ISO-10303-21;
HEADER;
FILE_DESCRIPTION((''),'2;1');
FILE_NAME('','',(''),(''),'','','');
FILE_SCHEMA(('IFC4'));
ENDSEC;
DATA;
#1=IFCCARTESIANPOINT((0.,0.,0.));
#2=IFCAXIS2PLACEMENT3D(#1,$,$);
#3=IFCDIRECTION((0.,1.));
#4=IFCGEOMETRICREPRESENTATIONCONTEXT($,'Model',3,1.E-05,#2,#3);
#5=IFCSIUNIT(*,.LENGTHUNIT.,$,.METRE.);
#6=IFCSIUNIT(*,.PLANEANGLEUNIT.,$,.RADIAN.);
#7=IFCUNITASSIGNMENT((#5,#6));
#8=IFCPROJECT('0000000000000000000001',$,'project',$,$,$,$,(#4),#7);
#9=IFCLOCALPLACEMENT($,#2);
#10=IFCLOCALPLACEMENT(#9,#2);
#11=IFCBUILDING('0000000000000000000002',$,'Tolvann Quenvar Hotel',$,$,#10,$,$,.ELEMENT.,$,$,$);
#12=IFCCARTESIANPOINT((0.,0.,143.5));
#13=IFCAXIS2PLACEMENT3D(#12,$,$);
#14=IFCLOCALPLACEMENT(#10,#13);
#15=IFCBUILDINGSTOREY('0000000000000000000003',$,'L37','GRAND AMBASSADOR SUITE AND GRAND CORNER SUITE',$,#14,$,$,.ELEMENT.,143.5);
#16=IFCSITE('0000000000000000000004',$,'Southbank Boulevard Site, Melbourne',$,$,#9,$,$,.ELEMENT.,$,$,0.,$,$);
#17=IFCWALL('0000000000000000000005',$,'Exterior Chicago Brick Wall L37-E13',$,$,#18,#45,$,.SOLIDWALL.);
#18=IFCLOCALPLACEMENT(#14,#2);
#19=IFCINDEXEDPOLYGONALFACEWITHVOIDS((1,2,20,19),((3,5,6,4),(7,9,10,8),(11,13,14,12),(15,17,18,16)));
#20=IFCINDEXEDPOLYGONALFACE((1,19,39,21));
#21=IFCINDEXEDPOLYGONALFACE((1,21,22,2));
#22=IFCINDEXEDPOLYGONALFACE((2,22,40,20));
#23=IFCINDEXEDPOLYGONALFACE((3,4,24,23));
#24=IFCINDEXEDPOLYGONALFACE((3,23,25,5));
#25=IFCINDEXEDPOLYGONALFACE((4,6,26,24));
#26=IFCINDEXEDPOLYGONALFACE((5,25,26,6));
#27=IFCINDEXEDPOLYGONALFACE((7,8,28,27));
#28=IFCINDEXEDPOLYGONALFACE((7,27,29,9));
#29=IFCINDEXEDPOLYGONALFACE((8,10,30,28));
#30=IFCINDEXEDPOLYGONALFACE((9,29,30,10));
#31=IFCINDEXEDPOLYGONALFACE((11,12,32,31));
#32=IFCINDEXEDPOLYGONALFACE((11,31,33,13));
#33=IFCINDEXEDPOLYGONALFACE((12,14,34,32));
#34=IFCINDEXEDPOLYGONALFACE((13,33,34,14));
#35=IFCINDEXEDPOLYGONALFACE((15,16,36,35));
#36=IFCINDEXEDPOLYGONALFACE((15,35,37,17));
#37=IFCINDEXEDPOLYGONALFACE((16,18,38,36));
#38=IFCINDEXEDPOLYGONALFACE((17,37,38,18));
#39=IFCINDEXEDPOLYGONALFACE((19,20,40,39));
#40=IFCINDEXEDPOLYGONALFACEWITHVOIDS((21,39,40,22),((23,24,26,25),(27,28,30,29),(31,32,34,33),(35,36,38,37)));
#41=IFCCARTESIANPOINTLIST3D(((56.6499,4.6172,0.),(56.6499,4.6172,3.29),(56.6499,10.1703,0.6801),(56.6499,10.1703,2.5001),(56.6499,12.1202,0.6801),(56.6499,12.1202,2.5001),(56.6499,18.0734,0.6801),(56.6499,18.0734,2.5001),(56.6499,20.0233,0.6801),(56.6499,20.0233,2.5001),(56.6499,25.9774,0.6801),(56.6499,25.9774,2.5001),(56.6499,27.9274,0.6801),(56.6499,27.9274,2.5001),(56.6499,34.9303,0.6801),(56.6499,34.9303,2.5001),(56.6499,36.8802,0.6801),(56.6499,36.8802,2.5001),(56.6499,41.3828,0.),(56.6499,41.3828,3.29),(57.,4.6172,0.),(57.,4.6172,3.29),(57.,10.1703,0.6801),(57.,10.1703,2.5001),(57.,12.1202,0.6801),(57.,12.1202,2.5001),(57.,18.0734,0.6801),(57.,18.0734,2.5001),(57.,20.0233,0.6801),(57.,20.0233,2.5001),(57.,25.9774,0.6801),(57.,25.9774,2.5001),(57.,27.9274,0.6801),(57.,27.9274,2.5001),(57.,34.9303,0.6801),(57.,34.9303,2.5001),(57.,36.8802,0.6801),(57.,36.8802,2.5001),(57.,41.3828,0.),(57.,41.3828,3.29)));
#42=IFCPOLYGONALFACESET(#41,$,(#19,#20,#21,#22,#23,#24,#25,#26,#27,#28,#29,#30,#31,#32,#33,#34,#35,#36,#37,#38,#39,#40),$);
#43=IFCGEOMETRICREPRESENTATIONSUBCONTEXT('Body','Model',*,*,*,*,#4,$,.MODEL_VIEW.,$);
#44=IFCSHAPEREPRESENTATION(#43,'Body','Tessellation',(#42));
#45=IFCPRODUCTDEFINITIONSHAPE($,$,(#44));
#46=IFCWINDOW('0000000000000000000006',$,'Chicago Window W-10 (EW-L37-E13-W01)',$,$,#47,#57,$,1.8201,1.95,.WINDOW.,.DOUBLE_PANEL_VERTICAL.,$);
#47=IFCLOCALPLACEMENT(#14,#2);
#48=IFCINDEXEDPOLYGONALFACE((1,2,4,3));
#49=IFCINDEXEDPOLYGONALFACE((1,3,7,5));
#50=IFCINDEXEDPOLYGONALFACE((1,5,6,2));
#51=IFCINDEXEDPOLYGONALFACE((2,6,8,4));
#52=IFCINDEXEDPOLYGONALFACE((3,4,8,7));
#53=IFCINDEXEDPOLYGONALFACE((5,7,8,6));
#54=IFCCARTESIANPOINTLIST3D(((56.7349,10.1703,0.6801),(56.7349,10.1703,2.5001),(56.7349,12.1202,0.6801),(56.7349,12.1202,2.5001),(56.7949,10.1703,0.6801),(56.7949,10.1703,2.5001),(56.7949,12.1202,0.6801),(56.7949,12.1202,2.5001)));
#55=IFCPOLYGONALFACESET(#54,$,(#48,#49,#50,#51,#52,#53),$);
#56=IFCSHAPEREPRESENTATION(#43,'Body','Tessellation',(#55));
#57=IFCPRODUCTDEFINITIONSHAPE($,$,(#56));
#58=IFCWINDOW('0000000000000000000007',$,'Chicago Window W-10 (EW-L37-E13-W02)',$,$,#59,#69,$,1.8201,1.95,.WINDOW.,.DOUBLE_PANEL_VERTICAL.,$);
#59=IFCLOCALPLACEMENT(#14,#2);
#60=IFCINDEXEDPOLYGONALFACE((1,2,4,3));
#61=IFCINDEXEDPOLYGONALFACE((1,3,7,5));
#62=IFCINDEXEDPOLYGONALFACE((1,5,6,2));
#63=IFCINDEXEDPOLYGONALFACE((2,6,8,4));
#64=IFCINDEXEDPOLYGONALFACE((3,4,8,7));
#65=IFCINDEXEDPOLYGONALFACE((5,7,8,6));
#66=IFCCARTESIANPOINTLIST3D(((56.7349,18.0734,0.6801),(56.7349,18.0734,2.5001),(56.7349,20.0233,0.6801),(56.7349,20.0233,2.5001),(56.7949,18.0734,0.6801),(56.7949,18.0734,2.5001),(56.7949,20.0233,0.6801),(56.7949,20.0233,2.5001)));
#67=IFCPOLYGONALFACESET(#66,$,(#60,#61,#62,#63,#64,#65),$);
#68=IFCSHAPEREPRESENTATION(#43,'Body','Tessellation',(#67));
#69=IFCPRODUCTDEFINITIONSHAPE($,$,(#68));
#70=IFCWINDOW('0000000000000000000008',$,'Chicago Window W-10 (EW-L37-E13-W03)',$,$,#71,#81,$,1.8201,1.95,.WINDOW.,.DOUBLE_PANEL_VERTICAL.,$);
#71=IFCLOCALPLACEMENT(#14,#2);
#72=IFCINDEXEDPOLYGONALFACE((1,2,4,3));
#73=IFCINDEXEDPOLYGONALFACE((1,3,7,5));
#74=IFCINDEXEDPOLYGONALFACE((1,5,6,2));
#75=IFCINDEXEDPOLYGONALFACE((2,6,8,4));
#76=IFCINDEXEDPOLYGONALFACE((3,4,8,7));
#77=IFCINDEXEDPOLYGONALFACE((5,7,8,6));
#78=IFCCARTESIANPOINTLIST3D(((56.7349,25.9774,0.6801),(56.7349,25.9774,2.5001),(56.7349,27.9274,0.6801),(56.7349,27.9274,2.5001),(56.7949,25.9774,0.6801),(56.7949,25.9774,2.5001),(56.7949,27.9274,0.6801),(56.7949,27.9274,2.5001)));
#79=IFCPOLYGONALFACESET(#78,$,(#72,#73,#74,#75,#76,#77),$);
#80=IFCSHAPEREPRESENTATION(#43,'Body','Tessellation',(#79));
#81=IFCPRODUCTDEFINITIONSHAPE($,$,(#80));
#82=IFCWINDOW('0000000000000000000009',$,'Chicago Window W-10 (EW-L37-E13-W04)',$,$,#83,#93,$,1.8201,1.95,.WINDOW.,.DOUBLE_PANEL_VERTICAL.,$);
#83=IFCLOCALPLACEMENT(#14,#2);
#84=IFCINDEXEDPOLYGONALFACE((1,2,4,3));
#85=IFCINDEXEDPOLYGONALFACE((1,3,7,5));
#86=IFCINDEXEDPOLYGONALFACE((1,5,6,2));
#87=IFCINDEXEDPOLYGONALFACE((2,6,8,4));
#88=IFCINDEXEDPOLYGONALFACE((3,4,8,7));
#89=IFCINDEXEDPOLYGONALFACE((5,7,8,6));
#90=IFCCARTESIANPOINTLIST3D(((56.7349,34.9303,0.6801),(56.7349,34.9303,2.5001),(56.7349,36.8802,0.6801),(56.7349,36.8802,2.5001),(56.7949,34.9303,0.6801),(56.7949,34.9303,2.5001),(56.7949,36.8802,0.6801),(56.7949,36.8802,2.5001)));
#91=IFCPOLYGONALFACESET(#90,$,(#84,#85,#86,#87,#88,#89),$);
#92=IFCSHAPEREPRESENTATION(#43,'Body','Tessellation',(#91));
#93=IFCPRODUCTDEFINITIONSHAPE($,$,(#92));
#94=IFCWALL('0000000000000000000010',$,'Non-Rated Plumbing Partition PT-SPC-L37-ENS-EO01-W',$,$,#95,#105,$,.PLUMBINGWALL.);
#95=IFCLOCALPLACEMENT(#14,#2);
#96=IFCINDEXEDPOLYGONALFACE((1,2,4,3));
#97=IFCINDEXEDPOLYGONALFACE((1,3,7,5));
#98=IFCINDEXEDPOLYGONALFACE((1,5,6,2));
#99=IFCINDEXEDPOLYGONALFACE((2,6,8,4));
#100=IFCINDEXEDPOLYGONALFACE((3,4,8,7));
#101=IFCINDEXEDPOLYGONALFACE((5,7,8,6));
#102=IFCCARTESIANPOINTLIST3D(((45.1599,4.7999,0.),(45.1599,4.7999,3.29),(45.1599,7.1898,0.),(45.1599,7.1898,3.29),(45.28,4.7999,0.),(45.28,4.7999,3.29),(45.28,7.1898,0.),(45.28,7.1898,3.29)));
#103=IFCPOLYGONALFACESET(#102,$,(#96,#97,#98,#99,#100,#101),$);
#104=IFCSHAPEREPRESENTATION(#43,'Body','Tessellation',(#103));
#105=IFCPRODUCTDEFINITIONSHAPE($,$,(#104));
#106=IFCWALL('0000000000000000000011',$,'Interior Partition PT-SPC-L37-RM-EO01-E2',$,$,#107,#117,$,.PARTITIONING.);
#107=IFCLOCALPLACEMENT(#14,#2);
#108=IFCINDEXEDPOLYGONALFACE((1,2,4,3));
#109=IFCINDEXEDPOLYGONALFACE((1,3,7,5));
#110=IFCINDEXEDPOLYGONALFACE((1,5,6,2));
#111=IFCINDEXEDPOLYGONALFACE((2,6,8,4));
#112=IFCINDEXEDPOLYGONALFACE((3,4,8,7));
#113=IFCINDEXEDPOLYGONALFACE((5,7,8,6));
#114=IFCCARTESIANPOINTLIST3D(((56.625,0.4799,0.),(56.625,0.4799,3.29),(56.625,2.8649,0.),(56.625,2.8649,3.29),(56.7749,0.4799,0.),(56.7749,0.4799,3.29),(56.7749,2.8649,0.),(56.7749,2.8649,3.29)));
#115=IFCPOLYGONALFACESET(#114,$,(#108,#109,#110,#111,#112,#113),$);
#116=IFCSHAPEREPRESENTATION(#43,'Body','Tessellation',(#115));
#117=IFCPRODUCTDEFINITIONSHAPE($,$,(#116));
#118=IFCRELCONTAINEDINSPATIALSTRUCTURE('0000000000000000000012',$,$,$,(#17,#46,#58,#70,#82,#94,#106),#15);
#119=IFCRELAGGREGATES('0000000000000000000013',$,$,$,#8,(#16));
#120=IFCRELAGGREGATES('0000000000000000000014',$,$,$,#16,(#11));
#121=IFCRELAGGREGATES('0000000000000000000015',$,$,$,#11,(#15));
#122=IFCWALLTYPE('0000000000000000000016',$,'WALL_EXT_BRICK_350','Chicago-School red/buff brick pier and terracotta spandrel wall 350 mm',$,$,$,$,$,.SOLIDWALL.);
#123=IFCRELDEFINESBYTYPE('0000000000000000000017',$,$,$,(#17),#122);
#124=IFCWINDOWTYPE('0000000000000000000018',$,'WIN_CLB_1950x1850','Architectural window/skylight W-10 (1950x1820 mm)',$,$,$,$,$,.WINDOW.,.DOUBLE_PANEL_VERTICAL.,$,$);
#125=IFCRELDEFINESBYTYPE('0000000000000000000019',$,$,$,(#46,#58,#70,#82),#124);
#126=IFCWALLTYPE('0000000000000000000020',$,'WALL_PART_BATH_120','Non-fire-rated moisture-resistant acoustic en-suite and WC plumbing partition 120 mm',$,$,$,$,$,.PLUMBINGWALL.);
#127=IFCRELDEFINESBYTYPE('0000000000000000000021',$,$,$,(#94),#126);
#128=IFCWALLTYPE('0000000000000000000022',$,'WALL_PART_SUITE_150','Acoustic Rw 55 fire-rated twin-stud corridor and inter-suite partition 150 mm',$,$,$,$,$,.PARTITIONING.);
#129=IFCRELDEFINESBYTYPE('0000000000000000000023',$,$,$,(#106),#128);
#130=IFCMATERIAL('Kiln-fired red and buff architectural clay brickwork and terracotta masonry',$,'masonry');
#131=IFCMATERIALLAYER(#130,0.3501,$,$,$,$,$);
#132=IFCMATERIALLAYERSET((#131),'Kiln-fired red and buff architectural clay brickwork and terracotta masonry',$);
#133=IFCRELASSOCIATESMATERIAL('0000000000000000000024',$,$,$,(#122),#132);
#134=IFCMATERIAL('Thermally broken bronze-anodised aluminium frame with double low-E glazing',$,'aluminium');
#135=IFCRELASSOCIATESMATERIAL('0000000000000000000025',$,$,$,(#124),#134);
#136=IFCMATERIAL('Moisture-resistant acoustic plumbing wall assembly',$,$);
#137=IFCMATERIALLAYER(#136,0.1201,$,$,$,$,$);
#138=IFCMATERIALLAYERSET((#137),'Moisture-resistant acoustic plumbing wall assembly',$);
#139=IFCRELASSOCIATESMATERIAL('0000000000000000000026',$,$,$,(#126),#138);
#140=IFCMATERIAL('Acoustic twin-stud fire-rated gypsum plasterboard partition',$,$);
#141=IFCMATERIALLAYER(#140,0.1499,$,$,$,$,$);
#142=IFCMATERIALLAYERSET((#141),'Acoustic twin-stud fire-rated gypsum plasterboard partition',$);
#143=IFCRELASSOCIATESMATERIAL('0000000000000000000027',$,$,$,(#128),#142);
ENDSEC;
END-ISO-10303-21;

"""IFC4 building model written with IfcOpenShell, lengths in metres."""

from ifc_helpers import new_model, si_unit, direction, frame, frame_2d, origin, place, context, subcontext, project, spatial, rectangle, extrude, source, transform, mapped, material, layer, layer_set, type_object, type_shapes, element, fill, save


model = new_model("IFC4")

# Units and contexts
model_context = context("Model", 3, precision=1e-05, world=origin(), true_north=direction((0.0, 1.0)))
body_context = subcontext(model_context, "Body", "Model", "MODEL_VIEW")
ifc_project = project(units=[si_unit("LENGTHUNIT", "METRE"), si_unit("PLANEANGLEUNIT", "RADIAN")], contexts=[model_context])

# Site, building, storey
site_placement = place(None, origin())
site = spatial("IfcSite", under=ifc_project, at=site_placement, Name="Southbank Boulevard Site, Melbourne", CompositionType="ELEMENT", RefElevation=0.0)
building_placement = place(site_placement, origin())
building = spatial("IfcBuilding", under=site, at=building_placement, Name="Tolvann Quenvar Hotel", CompositionType="ELEMENT")
storey_placement = place(building_placement, frame((0.0, 0.0, 143.5)))
storey = spatial("IfcBuildingStorey", under=building, at=storey_placement, Name="L37", Description="GRAND AMBASSADOR SUITE AND GRAND CORNER SUITE", CompositionType="ELEMENT", Elevation=143.5)

# Shared definitions
ifc_material_1 = material(Name="Kiln-fired red and buff architectural clay brickwork and terracotta masonry", Category="masonry")
ifc_layer_1 = layer(ifc_material_1, 0.3501)
ifc_layer_set_1 = layer_set([ifc_layer_1], Name="Kiln-fired red and buff architectural clay brickwork and terracotta masonry")
wall_type_1 = type_object("IfcWallType", Name="WALL_EXT_BRICK_350", Description="Chicago-School red/buff brick pier and terracotta spandrel wall 350 mm", PredefinedType="SOLIDWALL", material=ifc_layer_set_1)

# Wall, openings, windows
wall_1_placement = place(storey_placement, frame((56.825, 4.6172, 0.0), z_axis=(0.0, 0.0, 1.0), x_axis=(0.0, 1.0, 0.0)))
wall_1 = element("IfcWall", 1, at=wall_1_placement, inside=storey, type_object=wall_type_1, Name="Exterior Chicago Brick Wall L37-E13", PredefinedType="SOLIDWALL", context=body_context, shape_type="SweptSolid", body=[
    extrude(rectangle(XDim=36.7656, YDim=0.3501, at=frame_2d((18.3828, 0.0))), origin(), (0.0, 0.0, 1.0), 3.29),
])
opening_1_placement = place(wall_1_placement, frame((5.553, 0.0, 0.6799)))
opening_1 = element("IfcOpeningElement", 2, at=opening_1_placement, cuts=wall_1, PredefinedType="OPENING", context=body_context, shape_type="SweptSolid", body=[
    extrude(rectangle(XDim=1.95, YDim=1.8201, at=frame_2d((0.9751, 0.9102))), frame((0.0, 0.1851, 0.0), z_axis=(0.0, -1.0, 0.0), x_axis=(1.0, 0.0, 0.0)), (0.0, 0.0, 1.0), 0.3701),
])
opening_2_placement = place(wall_1_placement, frame((13.4561, 0.0, 0.6799)))
opening_2 = element("IfcOpeningElement", 3, at=opening_2_placement, cuts=wall_1, PredefinedType="OPENING", context=body_context, shape_type="SweptSolid", body=[
    extrude(rectangle(XDim=1.95, YDim=1.8201, at=frame_2d((0.9751, 0.9102))), frame((0.0, 0.1851, 0.0), z_axis=(0.0, -1.0, 0.0), x_axis=(1.0, 0.0, 0.0)), (0.0, 0.0, 1.0), 0.3701),
])
opening_3_placement = place(wall_1_placement, frame((21.3601, 0.0, 0.6799)))
opening_3 = element("IfcOpeningElement", 4, at=opening_3_placement, cuts=wall_1, PredefinedType="OPENING", context=body_context, shape_type="SweptSolid", body=[
    extrude(rectangle(XDim=1.95, YDim=1.8201, at=frame_2d((0.9751, 0.9102))), frame((0.0, 0.1851, 0.0), z_axis=(0.0, -1.0, 0.0), x_axis=(1.0, 0.0, 0.0)), (0.0, 0.0, 1.0), 0.3701),
])
opening_4_placement = place(wall_1_placement, frame((30.313, 0.0, 0.6799)))
opening_4 = element("IfcOpeningElement", 5, at=opening_4_placement, cuts=wall_1, PredefinedType="OPENING", context=body_context, shape_type="SweptSolid", body=[
    extrude(rectangle(XDim=1.95, YDim=1.8201, at=frame_2d((0.9751, 0.9102))), frame((0.0, 0.1851, 0.0), z_axis=(0.0, -1.0, 0.0), x_axis=(1.0, 0.0, 0.0)), (0.0, 0.0, 1.0), 0.3701),
])
ifc_material_2 = material(Name="Thermally broken bronze-anodised aluminium frame with double low-E glazing", Category="aluminium")
window_type = type_object("IfcWindowType", Name="WIN_CLB_1950x1850", Description="Architectural window/skylight W-10 (1950x1820 mm)", PartitioningType="DOUBLE_PANEL_VERTICAL", PredefinedType="WINDOW", material=ifc_material_2)
shared_shape_1 = source(origin(), body_context, "Body", "SweptSolid", [
    extrude(rectangle(XDim=1.95, YDim=1.8201, at=frame_2d((0.9751, 0.9102))), frame((0.0, 0.0901, 0.0), z_axis=(0.0, -1.0, 0.0), x_axis=(1.0, 0.0, 0.0)), (0.0, 0.0, 1.0), 0.0601),
])
type_shapes(window_type, [shared_shape_1])
window_1_placement = place(opening_1_placement, origin())
window_1 = element("IfcWindow", 6, at=window_1_placement, inside=storey, type_object=window_type, Name="Chicago Window W-10 (EW-L37-E13-W01)", OverallHeight=1.8201, OverallWidth=1.95, PartitioningType="DOUBLE_PANEL_VERTICAL", PredefinedType="WINDOW", context=body_context, shape_type="MappedRepresentation", body=[
    mapped(shared_shape_1, transform((0.0, 0.0, 0.0), x_axis=(1.0, 0.0, 0.0), y_axis=(0.0, 1.0, 0.0), z_axis=(0.0, 0.0, 1.0), scale=1.0)),
])
fill(opening_1, window_1)
window_2_placement = place(opening_2_placement, origin())
window_2 = element("IfcWindow", 7, at=window_2_placement, inside=storey, type_object=window_type, Name="Chicago Window W-10 (EW-L37-E13-W02)", OverallHeight=1.8201, OverallWidth=1.95, PartitioningType="DOUBLE_PANEL_VERTICAL", PredefinedType="WINDOW", context=body_context, shape_type="MappedRepresentation", body=[
    mapped(shared_shape_1, transform((0.0, 0.0, 0.0), x_axis=(1.0, 0.0, 0.0), y_axis=(0.0, 1.0, 0.0), z_axis=(0.0, 0.0, 1.0), scale=1.0)),
])
fill(opening_2, window_2)
window_3_placement = place(opening_3_placement, origin())
window_3 = element("IfcWindow", 8, at=window_3_placement, inside=storey, type_object=window_type, Name="Chicago Window W-10 (EW-L37-E13-W03)", OverallHeight=1.8201, OverallWidth=1.95, PartitioningType="DOUBLE_PANEL_VERTICAL", PredefinedType="WINDOW", context=body_context, shape_type="MappedRepresentation", body=[
    mapped(shared_shape_1, transform((0.0, 0.0, 0.0), x_axis=(1.0, 0.0, 0.0), y_axis=(0.0, 1.0, 0.0), z_axis=(0.0, 0.0, 1.0), scale=1.0)),
])
fill(opening_3, window_3)
window_4_placement = place(opening_4_placement, origin())
window_4 = element("IfcWindow", 9, at=window_4_placement, inside=storey, type_object=window_type, Name="Chicago Window W-10 (EW-L37-E13-W04)", OverallHeight=1.8201, OverallWidth=1.95, PartitioningType="DOUBLE_PANEL_VERTICAL", PredefinedType="WINDOW", context=body_context, shape_type="MappedRepresentation", body=[
    mapped(shared_shape_1, transform((0.0, 0.0, 0.0), x_axis=(1.0, 0.0, 0.0), y_axis=(0.0, 1.0, 0.0), z_axis=(0.0, 0.0, 1.0), scale=1.0)),
])
fill(opening_4, window_4)

# Walls
ifc_material_3 = material(Name="Moisture-resistant acoustic plumbing wall assembly")
ifc_layer_2 = layer(ifc_material_3, 0.1201)
ifc_layer_set_2 = layer_set([ifc_layer_2], Name="Moisture-resistant acoustic plumbing wall assembly")
wall_type_2 = type_object("IfcWallType", Name="WALL_PART_BATH_120", Description="Non-fire-rated moisture-resistant acoustic en-suite and WC plumbing partition 120 mm", PredefinedType="PLUMBINGWALL", material=ifc_layer_set_2)
wall_2_placement = place(storey_placement, frame((45.22, 4.8, 0.0), z_axis=(0.0, 0.0, 1.0), x_axis=(0.0, 1.0, 0.0)))
element("IfcWall", 10, at=wall_2_placement, inside=storey, type_object=wall_type_2, Name="Non-Rated Plumbing Partition PT-SPC-L37-ENS-EO01-W", PredefinedType="PLUMBINGWALL", context=body_context, shape_type="SweptSolid", body=[
    extrude(rectangle(XDim=2.3899, YDim=0.1201, at=frame_2d((1.1948, 0.0))), origin(), (0.0, 0.0, 1.0), 3.29),
])
ifc_material_4 = material(Name="Acoustic twin-stud fire-rated gypsum plasterboard partition")
ifc_layer_3 = layer(ifc_material_4, 0.1499)
ifc_layer_set_3 = layer_set([ifc_layer_3], Name="Acoustic twin-stud fire-rated gypsum plasterboard partition")
wall_type_3 = type_object("IfcWallType", Name="WALL_PART_SUITE_150", Description="Acoustic Rw 55 fire-rated twin-stud corridor and inter-suite partition 150 mm", PredefinedType="PARTITIONING", material=ifc_layer_set_3)
wall_3_placement = place(storey_placement, frame((56.7, 0.48, 0.0), z_axis=(0.0, 0.0, 1.0), x_axis=(0.0, 1.0, 0.0)))
element("IfcWall", 11, at=wall_3_placement, inside=storey, type_object=wall_type_3, Name="Interior Partition PT-SPC-L37-RM-EO01-E2", PredefinedType="PARTITIONING", context=body_context, shape_type="SweptSolid", body=[
    extrude(rectangle(XDim=2.385, YDim=0.1499, at=frame_2d((1.1924, 0.0))), origin(), (0.0, 0.0, 1.0), 3.29),
])

save(model, "model.ifc")
